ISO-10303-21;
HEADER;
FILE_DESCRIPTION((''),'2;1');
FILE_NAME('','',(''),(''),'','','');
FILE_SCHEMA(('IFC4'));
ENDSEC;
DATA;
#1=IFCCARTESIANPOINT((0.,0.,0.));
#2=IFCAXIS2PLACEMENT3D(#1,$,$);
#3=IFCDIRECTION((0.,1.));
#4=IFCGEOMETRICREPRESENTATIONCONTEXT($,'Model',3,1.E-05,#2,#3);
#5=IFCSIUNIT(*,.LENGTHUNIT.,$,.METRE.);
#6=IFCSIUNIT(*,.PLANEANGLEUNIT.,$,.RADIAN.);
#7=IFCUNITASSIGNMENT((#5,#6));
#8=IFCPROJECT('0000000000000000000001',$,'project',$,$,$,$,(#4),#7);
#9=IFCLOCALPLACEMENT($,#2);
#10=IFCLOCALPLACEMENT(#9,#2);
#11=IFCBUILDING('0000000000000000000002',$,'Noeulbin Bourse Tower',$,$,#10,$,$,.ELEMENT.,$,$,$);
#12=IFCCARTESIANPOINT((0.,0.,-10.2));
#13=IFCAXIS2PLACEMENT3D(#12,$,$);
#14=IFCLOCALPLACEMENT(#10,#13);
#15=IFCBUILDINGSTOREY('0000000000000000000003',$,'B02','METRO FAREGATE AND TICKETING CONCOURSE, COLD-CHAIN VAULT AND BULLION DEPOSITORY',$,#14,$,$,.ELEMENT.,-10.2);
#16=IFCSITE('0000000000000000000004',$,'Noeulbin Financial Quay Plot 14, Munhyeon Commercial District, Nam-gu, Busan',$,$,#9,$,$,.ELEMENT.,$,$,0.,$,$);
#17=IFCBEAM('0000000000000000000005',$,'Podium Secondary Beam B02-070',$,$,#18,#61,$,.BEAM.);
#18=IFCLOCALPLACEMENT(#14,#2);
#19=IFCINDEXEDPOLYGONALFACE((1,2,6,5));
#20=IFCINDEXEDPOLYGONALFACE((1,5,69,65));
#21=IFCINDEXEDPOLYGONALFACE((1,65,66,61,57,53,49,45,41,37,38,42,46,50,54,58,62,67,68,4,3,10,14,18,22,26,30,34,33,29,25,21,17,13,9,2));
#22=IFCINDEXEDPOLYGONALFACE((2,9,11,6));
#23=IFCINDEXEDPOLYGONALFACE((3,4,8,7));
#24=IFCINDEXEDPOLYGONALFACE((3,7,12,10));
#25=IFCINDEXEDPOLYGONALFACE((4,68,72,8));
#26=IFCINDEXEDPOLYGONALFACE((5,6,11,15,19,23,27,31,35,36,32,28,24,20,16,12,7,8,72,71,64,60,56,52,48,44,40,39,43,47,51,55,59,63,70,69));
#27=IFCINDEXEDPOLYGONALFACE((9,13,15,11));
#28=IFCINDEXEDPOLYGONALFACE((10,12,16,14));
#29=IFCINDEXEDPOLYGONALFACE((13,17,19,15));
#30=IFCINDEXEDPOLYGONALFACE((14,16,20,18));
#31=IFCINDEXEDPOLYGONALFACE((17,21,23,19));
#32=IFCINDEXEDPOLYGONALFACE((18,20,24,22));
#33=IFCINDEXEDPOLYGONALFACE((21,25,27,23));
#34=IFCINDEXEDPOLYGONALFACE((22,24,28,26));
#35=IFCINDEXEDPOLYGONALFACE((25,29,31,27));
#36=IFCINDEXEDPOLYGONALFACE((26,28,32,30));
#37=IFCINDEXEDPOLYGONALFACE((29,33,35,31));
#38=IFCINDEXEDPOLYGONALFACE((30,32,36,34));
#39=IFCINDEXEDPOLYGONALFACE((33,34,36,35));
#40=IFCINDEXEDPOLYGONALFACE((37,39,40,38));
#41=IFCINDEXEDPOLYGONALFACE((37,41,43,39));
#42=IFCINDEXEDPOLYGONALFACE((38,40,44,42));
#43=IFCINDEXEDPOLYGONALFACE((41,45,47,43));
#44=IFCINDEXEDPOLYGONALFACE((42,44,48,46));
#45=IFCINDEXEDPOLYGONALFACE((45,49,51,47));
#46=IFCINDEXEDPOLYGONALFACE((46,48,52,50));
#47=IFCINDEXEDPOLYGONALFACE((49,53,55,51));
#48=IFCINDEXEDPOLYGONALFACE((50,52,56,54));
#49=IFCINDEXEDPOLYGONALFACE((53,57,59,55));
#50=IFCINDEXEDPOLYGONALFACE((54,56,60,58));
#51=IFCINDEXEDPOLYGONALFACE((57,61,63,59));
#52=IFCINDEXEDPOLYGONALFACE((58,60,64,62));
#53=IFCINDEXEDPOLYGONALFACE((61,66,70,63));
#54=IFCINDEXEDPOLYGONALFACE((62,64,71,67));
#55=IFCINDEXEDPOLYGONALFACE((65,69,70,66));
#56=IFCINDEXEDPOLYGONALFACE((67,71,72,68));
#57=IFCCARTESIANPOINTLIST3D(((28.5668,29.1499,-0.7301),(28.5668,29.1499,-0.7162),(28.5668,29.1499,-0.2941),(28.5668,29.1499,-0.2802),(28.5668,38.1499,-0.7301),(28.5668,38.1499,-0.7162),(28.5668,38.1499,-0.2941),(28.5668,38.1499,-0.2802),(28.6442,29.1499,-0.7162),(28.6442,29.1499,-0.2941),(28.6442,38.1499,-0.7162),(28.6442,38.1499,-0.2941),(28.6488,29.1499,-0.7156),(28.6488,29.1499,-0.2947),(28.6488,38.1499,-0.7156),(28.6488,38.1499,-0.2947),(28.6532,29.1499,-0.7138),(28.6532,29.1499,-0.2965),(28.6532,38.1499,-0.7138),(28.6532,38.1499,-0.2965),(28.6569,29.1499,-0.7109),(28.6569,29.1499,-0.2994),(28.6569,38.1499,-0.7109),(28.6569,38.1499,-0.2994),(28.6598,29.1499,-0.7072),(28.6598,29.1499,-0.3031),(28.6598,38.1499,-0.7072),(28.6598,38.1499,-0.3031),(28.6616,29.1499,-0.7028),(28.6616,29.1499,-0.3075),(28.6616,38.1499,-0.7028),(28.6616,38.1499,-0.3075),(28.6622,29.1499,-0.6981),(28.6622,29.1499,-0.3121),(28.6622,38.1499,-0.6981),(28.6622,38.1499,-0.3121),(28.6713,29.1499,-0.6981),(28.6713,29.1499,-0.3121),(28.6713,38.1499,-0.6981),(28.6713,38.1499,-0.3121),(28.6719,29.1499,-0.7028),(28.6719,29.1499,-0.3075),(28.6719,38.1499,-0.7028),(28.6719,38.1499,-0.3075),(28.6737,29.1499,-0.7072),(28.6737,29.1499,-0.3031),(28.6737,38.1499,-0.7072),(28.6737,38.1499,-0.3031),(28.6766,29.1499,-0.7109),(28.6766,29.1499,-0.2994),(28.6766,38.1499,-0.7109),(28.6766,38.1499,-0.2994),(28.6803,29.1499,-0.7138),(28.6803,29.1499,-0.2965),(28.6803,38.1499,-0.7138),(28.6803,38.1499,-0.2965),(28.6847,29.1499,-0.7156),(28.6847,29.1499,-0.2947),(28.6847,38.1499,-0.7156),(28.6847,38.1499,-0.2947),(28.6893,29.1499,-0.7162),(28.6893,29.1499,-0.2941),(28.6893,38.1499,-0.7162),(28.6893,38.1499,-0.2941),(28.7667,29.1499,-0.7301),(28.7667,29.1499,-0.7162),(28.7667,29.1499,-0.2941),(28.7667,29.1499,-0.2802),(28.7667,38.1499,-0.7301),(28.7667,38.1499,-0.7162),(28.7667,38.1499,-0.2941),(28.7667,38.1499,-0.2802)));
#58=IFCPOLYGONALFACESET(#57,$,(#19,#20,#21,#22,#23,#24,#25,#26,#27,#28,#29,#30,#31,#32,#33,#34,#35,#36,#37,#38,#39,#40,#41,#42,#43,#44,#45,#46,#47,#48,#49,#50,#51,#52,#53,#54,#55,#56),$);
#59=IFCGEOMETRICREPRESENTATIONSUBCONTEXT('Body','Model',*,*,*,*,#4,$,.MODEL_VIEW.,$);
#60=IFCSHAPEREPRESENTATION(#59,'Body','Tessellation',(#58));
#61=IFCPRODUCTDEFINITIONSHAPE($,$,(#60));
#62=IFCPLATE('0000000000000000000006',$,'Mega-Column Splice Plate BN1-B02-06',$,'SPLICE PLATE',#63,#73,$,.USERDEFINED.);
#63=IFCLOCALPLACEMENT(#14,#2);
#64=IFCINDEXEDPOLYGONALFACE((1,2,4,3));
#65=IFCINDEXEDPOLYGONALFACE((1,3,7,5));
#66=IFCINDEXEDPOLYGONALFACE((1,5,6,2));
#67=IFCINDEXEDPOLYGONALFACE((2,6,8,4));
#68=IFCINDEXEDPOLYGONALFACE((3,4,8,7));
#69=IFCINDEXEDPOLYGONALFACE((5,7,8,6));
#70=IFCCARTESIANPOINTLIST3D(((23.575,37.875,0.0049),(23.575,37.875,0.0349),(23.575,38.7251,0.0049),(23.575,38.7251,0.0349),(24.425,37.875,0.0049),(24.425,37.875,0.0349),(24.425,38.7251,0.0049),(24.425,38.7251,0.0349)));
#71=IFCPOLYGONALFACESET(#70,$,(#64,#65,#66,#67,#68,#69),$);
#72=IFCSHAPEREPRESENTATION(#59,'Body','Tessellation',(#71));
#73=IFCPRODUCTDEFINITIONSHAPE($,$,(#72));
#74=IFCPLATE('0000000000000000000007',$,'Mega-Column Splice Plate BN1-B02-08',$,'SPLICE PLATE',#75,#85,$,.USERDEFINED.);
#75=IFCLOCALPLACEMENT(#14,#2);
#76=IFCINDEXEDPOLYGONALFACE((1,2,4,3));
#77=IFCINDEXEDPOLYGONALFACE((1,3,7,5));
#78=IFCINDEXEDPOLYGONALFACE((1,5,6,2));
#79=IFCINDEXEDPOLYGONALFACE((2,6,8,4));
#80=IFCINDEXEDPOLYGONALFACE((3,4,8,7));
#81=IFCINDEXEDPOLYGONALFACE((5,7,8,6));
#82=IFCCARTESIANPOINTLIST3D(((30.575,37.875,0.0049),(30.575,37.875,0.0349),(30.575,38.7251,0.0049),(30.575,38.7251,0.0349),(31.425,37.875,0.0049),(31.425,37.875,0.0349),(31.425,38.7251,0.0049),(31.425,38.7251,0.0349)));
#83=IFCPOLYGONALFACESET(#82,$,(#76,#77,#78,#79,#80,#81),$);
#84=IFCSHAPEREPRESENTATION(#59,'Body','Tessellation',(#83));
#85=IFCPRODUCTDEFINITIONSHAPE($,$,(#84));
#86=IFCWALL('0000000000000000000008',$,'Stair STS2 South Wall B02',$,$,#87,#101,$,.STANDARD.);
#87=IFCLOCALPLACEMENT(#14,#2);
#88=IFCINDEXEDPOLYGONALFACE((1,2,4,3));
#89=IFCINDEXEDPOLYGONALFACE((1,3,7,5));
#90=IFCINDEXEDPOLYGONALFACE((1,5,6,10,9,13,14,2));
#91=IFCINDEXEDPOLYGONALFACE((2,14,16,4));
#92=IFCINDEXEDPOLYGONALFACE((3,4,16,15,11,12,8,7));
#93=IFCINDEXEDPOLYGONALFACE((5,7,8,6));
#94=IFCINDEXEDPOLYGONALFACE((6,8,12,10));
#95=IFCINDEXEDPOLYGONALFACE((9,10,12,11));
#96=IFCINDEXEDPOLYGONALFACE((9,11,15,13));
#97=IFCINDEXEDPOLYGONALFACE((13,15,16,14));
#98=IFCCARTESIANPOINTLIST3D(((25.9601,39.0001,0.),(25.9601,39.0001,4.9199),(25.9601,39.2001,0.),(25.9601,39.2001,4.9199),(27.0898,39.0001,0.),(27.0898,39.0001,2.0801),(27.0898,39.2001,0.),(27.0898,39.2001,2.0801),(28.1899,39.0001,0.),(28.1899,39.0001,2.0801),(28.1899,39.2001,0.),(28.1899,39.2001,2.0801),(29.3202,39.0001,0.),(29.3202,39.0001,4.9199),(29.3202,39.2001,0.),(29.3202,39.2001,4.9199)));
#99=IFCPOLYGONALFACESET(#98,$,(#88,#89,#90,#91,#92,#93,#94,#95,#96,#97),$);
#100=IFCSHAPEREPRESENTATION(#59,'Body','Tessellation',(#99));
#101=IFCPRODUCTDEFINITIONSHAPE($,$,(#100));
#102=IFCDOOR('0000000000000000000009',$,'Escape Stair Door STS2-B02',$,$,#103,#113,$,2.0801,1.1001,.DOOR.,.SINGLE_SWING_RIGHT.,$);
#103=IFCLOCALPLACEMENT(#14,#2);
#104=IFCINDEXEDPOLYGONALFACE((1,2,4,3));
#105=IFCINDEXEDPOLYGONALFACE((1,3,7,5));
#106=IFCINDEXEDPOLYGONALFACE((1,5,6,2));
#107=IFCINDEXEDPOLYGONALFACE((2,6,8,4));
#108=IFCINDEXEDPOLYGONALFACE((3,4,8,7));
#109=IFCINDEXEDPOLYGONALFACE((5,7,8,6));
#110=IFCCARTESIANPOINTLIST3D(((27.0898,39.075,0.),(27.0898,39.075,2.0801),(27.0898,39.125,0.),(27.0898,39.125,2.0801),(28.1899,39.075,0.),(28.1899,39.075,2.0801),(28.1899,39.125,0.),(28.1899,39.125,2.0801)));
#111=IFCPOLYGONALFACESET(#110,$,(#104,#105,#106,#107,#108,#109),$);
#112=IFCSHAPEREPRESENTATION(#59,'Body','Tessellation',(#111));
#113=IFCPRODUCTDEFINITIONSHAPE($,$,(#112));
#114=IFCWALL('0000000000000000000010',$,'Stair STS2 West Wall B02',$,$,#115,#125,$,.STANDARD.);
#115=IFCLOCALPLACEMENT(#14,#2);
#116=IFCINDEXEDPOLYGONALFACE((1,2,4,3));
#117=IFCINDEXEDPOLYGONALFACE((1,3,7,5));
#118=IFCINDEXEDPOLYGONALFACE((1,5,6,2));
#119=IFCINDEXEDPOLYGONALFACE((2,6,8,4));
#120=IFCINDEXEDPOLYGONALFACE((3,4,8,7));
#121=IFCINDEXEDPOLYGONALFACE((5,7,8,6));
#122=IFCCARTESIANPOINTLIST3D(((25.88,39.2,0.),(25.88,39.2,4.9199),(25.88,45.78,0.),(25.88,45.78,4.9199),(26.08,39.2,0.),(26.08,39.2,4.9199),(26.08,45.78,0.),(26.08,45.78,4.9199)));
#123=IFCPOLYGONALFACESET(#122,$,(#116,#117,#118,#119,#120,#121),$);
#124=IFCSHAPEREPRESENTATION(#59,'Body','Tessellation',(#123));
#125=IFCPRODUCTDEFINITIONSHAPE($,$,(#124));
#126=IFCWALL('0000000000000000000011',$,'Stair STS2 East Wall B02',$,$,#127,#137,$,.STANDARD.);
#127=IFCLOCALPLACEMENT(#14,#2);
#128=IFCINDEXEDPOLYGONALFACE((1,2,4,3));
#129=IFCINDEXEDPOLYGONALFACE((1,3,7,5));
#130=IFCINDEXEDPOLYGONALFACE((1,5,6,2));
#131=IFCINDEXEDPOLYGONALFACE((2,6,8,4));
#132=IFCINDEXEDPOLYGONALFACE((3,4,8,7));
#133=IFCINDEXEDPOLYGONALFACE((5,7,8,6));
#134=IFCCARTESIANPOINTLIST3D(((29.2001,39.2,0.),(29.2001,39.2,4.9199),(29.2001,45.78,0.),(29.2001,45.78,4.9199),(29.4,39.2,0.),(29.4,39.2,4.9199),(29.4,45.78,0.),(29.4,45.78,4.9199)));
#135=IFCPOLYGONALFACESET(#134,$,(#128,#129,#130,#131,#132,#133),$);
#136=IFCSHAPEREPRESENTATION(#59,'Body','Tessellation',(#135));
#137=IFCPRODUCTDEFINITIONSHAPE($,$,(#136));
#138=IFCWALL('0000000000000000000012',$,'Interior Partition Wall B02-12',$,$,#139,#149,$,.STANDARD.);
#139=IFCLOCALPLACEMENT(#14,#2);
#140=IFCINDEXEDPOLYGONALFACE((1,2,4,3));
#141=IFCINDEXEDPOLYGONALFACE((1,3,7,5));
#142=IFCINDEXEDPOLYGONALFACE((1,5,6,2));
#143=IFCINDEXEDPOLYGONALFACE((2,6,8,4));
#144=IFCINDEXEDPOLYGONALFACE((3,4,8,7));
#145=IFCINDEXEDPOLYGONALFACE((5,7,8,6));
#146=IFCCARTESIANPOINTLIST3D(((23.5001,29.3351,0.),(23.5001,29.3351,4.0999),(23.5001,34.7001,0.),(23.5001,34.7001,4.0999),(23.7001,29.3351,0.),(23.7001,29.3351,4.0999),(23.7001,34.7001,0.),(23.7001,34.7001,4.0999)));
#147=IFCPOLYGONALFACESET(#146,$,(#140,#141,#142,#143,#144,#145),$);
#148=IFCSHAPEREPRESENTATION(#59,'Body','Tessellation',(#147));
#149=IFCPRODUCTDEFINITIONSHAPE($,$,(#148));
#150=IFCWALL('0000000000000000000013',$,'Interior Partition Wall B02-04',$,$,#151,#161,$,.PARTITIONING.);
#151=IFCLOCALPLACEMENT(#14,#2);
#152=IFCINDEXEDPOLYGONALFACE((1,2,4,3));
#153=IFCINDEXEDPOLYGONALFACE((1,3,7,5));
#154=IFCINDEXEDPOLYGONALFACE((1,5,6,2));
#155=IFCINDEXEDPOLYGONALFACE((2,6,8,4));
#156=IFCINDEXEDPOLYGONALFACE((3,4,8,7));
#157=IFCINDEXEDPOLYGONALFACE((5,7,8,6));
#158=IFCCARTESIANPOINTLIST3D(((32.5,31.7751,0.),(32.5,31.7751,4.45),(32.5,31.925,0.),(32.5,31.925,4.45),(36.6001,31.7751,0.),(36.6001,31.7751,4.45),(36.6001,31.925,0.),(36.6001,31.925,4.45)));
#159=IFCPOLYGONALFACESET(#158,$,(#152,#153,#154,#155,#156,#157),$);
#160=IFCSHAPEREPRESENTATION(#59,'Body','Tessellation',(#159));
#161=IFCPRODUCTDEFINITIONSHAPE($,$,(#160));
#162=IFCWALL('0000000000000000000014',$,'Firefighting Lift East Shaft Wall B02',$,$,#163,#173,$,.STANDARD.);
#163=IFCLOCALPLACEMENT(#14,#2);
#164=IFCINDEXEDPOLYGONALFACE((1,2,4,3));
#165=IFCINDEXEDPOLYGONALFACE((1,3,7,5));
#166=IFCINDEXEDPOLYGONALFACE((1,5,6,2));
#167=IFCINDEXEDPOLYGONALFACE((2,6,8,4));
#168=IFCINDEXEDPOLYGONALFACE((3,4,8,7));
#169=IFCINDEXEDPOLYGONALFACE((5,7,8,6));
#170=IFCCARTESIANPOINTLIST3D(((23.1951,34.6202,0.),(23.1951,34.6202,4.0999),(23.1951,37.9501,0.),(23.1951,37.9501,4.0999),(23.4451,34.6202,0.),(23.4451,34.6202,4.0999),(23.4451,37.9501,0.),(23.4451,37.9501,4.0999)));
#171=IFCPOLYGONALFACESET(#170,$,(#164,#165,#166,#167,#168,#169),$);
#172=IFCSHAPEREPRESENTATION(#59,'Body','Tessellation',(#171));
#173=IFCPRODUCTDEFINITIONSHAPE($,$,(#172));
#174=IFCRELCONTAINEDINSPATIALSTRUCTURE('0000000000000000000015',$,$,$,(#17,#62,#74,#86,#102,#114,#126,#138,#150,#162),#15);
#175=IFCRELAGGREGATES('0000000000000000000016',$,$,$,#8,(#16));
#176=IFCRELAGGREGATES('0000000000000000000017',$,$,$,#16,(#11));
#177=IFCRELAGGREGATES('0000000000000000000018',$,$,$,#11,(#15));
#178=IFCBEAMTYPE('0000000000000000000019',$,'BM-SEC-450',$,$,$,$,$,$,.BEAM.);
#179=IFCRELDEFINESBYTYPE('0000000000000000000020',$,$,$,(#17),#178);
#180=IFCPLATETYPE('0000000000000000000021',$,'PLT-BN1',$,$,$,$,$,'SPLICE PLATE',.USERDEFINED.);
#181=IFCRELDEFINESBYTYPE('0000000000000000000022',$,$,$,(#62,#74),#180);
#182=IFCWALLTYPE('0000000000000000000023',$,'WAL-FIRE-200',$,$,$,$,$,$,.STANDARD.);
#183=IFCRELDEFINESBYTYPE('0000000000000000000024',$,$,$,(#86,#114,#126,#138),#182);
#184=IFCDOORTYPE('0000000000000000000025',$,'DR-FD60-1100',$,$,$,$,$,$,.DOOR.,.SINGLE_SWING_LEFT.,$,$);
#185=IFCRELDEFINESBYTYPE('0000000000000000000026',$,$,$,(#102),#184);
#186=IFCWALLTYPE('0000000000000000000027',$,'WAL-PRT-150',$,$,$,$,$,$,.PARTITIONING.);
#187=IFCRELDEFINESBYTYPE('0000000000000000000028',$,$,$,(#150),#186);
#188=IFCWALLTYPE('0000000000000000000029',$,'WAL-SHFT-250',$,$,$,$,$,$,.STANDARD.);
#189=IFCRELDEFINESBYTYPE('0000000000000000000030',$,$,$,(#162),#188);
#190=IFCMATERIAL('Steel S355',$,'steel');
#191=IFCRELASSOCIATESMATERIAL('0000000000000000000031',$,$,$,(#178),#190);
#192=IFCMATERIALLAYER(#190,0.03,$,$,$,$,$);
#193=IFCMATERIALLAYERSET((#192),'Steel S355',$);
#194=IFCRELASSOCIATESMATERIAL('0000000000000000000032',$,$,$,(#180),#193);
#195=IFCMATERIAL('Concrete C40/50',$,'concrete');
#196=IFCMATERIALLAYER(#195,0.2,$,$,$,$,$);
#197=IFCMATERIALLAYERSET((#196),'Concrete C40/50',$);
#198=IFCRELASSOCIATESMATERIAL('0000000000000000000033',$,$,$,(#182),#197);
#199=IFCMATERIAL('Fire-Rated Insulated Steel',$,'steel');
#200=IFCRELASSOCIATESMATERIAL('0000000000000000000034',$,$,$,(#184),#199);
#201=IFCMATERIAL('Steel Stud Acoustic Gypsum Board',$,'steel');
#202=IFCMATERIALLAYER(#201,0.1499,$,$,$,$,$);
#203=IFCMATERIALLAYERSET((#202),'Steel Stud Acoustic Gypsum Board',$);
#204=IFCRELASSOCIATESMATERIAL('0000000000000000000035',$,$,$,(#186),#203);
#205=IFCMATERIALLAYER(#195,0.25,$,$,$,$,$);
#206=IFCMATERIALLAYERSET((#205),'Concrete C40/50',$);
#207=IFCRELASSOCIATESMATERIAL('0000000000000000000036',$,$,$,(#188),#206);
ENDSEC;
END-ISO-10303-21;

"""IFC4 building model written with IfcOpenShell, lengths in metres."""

from ifc_helpers import new_model, si_unit, direction, frame, frame_2d, origin, origin_2d, place, context, subcontext, project, spatial, rectangle, i_section, extrude, material, layer, layer_set, material_profile, profile_set, type_object, element, fill, save


model = new_model("IFC4")

# Units and contexts
model_context = context("Model", 3, precision=1e-05, world=origin(), true_north=direction((0.0, 1.0)))
body_context = subcontext(model_context, "Body", "Model", "MODEL_VIEW")
ifc_project = project(units=[si_unit("LENGTHUNIT", "METRE"), si_unit("PLANEANGLEUNIT", "RADIAN")], contexts=[model_context])

# Site, building, storey
site_placement = place(None, origin())
site = spatial("IfcSite", under=ifc_project, at=site_placement, Name="Noeulbin Financial Quay Plot 14, Munhyeon Commercial District, Nam-gu, Busan", CompositionType="ELEMENT", RefElevation=0.0)
building_placement = place(site_placement, origin())
building = spatial("IfcBuilding", under=site, at=building_placement, Name="Noeulbin Bourse Tower", CompositionType="ELEMENT")
storey_placement = place(building_placement, frame((0.0, 0.0, -10.2)))
storey = spatial("IfcBuildingStorey", under=building, at=storey_placement, Name="B02", Description="METRO FAREGATE AND TICKETING CONCOURSE, COLD-CHAIN VAULT AND BULLION DEPOSITORY", CompositionType="ELEMENT", Elevation=-10.2)

# Beam
ifc_material_1 = material(Name="Steel S355", Category="steel")
ifc_material_profile_1 = material_profile(ifc_material_1, i_section(OverallWidth=0.2, OverallDepth=0.45, WebThickness=0.009, FlangeThickness=0.0139, FilletRadius=0.0181, at=origin_2d()), Name="H-450x200x9x14", Category="LoadBearing")
ifc_profile_set_1 = profile_set([ifc_material_profile_1], Name="Steel S355")
beam_type_1 = type_object("IfcBeamType", Name="BM-SEC-450", PredefinedType="BEAM", material=ifc_profile_set_1)
for number, where, z_axis, x_axis, name in (
    (1, (28.6667, 29.1499, -0.5051), (0.0, 1.0, 0.0), (-1.0, 0.0, 0.0), "Podium Secondary Beam B02-070"),
):
    element("IfcBeam", number, at=place(storey_placement, frame(where, z_axis=z_axis, x_axis=x_axis)), inside=storey, type_object=beam_type_1, Name=name, PredefinedType="BEAM", context=body_context, shape_type="SweptSolid", body=[
        extrude(i_section(OverallWidth=0.2, OverallDepth=0.45, WebThickness=0.009, FlangeThickness=0.0139, FilletRadius=0.0181, at=origin_2d()), origin(), (0.0, 0.0, 1.0), 9.0),
    ])

# Plates
ifc_layer_1 = layer(ifc_material_1, 0.03)
ifc_layer_set_1 = layer_set([ifc_layer_1], Name="Steel S355")
plate_type = type_object("IfcPlateType", Name="PLT-BN1", ElementType="SPLICE PLATE", PredefinedType="USERDEFINED", material=ifc_layer_set_1)
for number, where, z_axis, x_axis, name in (
    (2, (24.0, 38.3, 0.0049), (0.0, 0.0, 1.0), (1.0, 0.0, 0.0), "Mega-Column Splice Plate BN1-B02-06"),
    (3, (31.0, 38.3, 0.0049), (0.0, 0.0, 1.0), (1.0, 0.0, 0.0), "Mega-Column Splice Plate BN1-B02-08"),
):
    element("IfcPlate", number, at=place(storey_placement, frame(where, z_axis=z_axis, x_axis=x_axis)), inside=storey, type_object=plate_type, Name=name, ObjectType="SPLICE PLATE", PredefinedType="USERDEFINED", context=body_context, shape_type="SweptSolid", body=[
        extrude(rectangle(XDim=0.8501, YDim=0.8501, at=origin_2d()), origin(), (0.0, 0.0, 1.0), 0.03),
    ])

# Wall, opening, door
ifc_material_2 = material(Name="Concrete C40/50", Category="concrete")
ifc_layer_2 = layer(ifc_material_2, 0.2)
ifc_layer_set_2 = layer_set([ifc_layer_2], Name="Concrete C40/50")
wall_type_1 = type_object("IfcWallType", Name="WAL-FIRE-200", PredefinedType="STANDARD", material=ifc_layer_set_2)
wall_1_placement = place(storey_placement, frame((25.96, 39.1001, 0.0), z_axis=(0.0, 0.0, 1.0), x_axis=(1.0, 0.0, 0.0)))
wall_1 = element("IfcWall", 4, at=wall_1_placement, inside=storey, type_object=wall_type_1, Name="Stair STS2 South Wall B02", PredefinedType="STANDARD", context=body_context, shape_type="SweptSolid", body=[
    extrude(rectangle(XDim=3.3601, YDim=0.2, at=frame_2d((1.6802, 0.0))), origin(), (0.0, 0.0, 1.0), 4.9199),
])
opening_placement = place(wall_1_placement, frame((1.1299, 0.0, 0.0)))
opening = element("IfcOpeningElement", 5, at=opening_placement, cuts=wall_1, PredefinedType="OPENING", context=body_context, shape_type="SweptSolid", body=[
    extrude(rectangle(XDim=1.1001, YDim=2.0801, at=frame_2d((0.55, 1.04))), frame((0.0, 0.1099, 0.0), z_axis=(0.0, -1.0, 0.0), x_axis=(1.0, 0.0, 0.0)), (0.0, 0.0, 1.0), 0.22),
])
ifc_material_3 = material(Name="Fire-Rated Insulated Steel", Category="steel")
door_type = type_object("IfcDoorType", Name="DR-FD60-1100", OperationType="SINGLE_SWING_LEFT", PredefinedType="DOOR", material=ifc_material_3)
door_placement = place(opening_placement, origin())
door = element("IfcDoor", 6, at=door_placement, inside=storey, type_object=door_type, Name="Escape Stair Door STS2-B02", OperationType="SINGLE_SWING_RIGHT", OverallHeight=2.0801, OverallWidth=1.1001, PredefinedType="DOOR", context=body_context, shape_type="SweptSolid", body=[
    extrude(rectangle(XDim=1.1001, YDim=2.0801, at=frame_2d((0.55, 1.04))), frame((0.0, 0.0249, 0.0), z_axis=(0.0, -1.0, 0.0), x_axis=(1.0, 0.0, 0.0)), (0.0, 0.0, 1.0), 0.05),
])
fill(opening, door)

# Walls
for number, where, z_axis, x_axis, name in (
    (7, (25.98, 39.2, 0.0), (0.0, 0.0, 1.0), (0.0, 1.0, 0.0), "Stair STS2 West Wall B02"),
    (8, (29.3, 39.2, 0.0), (0.0, 0.0, 1.0), (0.0, 1.0, 0.0), "Stair STS2 East Wall B02"),
):
    element("IfcWall", number, at=place(storey_placement, frame(where, z_axis=z_axis, x_axis=x_axis)), inside=storey, type_object=wall_type_1, Name=name, PredefinedType="STANDARD", context=body_context, shape_type="SweptSolid", body=[
        extrude(rectangle(XDim=6.5801, YDim=0.2, at=frame_2d((3.29, 0.0))), origin(), (0.0, 0.0, 1.0), 4.9199),
    ])
wall_2_placement = place(storey_placement, frame((23.6001, 29.335, 0.0), z_axis=(0.0, 0.0, 1.0), x_axis=(0.0, 1.0, 0.0)))
element("IfcWall", 9, at=wall_2_placement, inside=storey, type_object=wall_type_1, Name="Interior Partition Wall B02-12", PredefinedType="STANDARD", context=body_context, shape_type="SweptSolid", body=[
    extrude(rectangle(XDim=5.365, YDim=0.2, at=frame_2d((2.6826, 0.0))), origin(), (0.0, 0.0, 1.0), 4.0999),
])
ifc_material_4 = material(Name="Steel Stud Acoustic Gypsum Board", Category="steel")
ifc_layer_3 = layer(ifc_material_4, 0.1499)
ifc_layer_set_3 = layer_set([ifc_layer_3], Name="Steel Stud Acoustic Gypsum Board")
wall_type_2 = type_object("IfcWallType", Name="WAL-PRT-150", PredefinedType="PARTITIONING", material=ifc_layer_set_3)
wall_3_placement = place(storey_placement, frame((32.5, 31.8501, 0.0), z_axis=(0.0, 0.0, 1.0), x_axis=(1.0, 0.0, 0.0)))
element("IfcWall", 10, at=wall_3_placement, inside=storey, type_object=wall_type_2, Name="Interior Partition Wall B02-04", PredefinedType="PARTITIONING", context=body_context, shape_type="SweptSolid", body=[
    extrude(rectangle(XDim=4.1001, YDim=0.1499, at=frame_2d((2.05, 0.0))), origin(), (0.0, 0.0, 1.0), 4.45),
])
ifc_layer_4 = layer(ifc_material_2, 0.25)
ifc_layer_set_4 = layer_set([ifc_layer_4], Name="Concrete C40/50")
wall_type_3 = type_object("IfcWallType", Name="WAL-SHFT-250", PredefinedType="STANDARD", material=ifc_layer_set_4)
wall_4_placement = place(storey_placement, frame((23.3201, 34.6201, 0.0), z_axis=(0.0, 0.0, 1.0), x_axis=(0.0, 1.0, 0.0)))
element("IfcWall", 11, at=wall_4_placement, inside=storey, type_object=wall_type_3, Name="Firefighting Lift East Shaft Wall B02", PredefinedType="STANDARD", context=body_context, shape_type="SweptSolid", body=[
    extrude(rectangle(XDim=3.3298, YDim=0.25, at=frame_2d((1.665, 0.0))), origin(), (0.0, 0.0, 1.0), 4.0999),
])

save(model, "model.ifc")
